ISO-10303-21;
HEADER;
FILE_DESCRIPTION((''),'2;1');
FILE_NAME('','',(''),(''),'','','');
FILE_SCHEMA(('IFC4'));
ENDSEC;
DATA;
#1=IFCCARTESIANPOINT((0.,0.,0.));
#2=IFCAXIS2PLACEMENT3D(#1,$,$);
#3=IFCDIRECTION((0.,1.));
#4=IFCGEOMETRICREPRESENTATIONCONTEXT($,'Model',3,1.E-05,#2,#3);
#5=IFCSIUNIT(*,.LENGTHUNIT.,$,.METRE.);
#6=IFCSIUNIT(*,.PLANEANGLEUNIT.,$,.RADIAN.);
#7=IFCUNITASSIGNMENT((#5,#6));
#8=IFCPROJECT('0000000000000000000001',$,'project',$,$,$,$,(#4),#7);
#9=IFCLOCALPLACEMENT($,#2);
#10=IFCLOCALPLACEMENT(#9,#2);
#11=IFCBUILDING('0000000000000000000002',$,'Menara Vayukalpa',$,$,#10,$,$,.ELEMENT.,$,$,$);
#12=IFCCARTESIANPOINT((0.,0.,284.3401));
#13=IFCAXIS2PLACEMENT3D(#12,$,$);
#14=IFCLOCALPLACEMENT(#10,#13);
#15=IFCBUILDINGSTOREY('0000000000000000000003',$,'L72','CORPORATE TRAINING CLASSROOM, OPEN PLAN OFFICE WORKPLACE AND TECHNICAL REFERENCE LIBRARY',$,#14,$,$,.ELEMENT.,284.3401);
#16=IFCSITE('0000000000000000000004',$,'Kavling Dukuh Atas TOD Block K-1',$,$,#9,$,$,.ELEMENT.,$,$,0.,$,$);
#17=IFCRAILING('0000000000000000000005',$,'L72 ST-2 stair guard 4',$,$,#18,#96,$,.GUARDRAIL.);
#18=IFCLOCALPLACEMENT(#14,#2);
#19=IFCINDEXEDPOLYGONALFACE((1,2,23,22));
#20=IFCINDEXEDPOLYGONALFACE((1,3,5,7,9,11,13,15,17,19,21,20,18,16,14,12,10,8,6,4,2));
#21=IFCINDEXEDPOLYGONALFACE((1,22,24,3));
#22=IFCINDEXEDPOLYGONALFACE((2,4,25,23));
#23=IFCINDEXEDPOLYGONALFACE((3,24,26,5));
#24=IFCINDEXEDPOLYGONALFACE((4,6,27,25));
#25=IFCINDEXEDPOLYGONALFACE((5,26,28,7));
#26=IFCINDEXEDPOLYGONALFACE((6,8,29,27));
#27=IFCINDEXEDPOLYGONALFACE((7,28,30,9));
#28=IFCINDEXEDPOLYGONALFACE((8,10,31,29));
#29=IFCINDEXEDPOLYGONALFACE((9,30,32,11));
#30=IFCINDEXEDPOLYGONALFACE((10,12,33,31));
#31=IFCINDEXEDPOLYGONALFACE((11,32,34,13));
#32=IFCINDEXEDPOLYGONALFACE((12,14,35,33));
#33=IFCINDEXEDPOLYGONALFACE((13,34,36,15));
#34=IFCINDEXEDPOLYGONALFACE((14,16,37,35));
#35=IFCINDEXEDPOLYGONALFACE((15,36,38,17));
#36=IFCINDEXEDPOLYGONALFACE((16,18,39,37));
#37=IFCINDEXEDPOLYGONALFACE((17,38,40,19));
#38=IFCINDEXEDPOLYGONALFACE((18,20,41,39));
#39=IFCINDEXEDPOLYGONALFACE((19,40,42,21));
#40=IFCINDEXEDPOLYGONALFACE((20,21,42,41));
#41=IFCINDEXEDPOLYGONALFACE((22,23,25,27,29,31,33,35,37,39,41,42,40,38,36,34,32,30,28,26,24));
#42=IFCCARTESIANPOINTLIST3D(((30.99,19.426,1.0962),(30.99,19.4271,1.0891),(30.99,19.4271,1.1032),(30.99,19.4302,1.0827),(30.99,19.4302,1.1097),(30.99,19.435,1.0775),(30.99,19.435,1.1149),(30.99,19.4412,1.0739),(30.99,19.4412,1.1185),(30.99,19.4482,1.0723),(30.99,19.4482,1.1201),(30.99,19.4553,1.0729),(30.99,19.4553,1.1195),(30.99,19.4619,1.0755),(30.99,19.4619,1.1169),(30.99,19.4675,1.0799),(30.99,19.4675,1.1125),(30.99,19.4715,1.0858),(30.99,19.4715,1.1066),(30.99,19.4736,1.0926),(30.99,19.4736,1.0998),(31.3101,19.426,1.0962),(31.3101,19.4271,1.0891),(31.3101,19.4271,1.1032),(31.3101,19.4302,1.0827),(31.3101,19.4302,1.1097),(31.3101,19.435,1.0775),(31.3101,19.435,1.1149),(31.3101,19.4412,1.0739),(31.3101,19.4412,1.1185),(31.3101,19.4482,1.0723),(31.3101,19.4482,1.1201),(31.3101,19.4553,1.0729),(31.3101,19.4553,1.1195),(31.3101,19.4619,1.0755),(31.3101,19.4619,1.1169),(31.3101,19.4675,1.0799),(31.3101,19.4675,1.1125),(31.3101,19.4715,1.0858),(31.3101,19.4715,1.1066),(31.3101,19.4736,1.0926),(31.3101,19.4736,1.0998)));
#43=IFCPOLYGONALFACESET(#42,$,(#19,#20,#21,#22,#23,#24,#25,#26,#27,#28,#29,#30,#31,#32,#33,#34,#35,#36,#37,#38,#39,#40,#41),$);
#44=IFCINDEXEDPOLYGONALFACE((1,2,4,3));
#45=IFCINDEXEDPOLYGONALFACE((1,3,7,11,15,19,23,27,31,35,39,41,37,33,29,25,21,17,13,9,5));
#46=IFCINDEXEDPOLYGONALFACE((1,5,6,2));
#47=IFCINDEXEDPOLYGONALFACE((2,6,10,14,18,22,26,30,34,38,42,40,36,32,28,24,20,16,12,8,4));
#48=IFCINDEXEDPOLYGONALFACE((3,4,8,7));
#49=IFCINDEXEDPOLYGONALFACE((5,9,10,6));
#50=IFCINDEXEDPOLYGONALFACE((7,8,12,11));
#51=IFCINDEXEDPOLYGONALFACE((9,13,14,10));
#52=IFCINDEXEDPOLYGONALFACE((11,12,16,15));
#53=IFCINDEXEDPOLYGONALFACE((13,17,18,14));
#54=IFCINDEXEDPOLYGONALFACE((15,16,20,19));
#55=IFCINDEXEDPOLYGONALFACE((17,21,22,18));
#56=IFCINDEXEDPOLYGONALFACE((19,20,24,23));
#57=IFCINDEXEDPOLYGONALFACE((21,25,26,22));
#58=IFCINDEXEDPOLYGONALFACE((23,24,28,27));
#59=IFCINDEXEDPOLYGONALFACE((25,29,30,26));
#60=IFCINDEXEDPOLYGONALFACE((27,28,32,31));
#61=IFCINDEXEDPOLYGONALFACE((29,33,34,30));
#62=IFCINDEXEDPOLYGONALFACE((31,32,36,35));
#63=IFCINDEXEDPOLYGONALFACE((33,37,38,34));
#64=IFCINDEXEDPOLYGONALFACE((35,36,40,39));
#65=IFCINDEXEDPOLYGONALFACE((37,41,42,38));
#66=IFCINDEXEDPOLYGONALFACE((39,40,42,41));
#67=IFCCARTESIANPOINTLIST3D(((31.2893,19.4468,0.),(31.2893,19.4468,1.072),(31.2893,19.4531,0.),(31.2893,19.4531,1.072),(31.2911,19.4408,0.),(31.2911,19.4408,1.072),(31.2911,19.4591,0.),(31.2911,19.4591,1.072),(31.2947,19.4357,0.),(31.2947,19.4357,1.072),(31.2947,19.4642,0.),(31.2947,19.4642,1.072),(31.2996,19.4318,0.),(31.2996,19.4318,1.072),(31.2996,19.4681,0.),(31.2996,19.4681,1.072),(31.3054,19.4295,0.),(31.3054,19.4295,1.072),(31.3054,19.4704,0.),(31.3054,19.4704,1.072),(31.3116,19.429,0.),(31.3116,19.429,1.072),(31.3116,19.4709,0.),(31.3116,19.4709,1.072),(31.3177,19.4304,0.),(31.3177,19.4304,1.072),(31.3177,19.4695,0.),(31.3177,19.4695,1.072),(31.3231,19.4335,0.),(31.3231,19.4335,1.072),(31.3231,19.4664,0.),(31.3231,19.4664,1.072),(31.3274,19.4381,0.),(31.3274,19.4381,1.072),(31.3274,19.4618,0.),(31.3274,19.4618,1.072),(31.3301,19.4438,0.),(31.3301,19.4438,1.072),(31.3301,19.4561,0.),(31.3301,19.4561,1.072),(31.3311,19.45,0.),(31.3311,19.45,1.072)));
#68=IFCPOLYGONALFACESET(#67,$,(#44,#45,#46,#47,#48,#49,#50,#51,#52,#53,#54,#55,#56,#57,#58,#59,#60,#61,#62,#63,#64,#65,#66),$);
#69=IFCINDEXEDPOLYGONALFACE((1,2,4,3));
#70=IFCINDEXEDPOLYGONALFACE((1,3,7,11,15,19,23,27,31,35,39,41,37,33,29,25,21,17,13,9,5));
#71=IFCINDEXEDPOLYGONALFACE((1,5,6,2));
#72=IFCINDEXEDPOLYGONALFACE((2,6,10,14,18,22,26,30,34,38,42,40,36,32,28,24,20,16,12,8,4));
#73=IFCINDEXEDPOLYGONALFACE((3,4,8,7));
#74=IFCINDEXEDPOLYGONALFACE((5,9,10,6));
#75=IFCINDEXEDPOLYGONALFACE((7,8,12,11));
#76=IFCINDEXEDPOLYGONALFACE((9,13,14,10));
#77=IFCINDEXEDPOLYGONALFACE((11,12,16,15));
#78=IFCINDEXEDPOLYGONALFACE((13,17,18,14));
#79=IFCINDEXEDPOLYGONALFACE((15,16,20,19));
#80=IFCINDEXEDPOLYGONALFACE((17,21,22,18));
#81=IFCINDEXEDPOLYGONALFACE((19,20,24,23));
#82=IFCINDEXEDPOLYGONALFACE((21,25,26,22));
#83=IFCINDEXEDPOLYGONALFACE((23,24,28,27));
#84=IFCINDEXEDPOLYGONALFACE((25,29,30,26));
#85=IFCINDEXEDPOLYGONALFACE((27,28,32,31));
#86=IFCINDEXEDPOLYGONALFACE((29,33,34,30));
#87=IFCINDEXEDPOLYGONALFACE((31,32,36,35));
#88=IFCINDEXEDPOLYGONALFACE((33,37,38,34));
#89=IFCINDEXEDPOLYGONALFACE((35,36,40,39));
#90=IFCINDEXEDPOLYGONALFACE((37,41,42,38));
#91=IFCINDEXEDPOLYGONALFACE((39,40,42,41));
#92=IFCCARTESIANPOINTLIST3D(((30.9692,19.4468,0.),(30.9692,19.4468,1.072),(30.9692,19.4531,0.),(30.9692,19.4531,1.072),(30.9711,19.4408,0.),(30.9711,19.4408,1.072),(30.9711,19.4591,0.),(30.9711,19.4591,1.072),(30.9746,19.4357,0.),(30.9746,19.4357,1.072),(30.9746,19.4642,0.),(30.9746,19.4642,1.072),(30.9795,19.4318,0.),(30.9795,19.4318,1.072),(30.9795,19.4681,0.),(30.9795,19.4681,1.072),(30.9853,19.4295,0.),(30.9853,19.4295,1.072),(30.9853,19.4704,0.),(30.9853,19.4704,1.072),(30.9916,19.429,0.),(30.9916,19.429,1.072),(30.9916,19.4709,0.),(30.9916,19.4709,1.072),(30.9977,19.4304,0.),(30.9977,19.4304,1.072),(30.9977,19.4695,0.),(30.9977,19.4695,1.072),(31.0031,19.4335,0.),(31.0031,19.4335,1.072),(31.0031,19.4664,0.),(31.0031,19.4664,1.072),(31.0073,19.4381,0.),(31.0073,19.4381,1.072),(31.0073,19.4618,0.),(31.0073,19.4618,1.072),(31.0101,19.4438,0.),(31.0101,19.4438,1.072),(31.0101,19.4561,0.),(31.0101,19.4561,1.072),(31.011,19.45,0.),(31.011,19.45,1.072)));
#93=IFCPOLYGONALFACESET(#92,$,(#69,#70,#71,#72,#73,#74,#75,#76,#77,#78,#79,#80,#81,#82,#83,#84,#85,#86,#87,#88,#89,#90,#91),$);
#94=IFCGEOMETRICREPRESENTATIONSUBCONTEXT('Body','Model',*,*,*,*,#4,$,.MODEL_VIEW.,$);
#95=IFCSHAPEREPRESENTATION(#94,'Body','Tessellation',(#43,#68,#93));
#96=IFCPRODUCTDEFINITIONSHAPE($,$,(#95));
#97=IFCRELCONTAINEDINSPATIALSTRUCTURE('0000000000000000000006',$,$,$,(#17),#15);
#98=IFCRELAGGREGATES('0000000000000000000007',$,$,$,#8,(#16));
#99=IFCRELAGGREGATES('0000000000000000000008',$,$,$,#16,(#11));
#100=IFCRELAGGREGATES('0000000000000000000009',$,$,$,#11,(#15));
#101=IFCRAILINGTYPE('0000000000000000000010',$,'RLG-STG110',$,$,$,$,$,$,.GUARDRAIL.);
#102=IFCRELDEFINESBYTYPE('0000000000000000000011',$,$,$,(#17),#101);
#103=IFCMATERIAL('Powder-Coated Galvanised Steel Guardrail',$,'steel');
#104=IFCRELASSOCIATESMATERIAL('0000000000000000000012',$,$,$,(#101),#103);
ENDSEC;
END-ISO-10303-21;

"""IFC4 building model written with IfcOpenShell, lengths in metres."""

from ifc_helpers import new_model, si_unit, direction, frame, origin, origin_2d, place, context, subcontext, project, spatial, circle, extrude, material, type_object, element, save


model = new_model("IFC4")

# Units and contexts
model_context = context("Model", 3, precision=1e-05, world=origin(), true_north=direction((0.0, 1.0)))
body_context = subcontext(model_context, "Body", "Model", "MODEL_VIEW")
ifc_project = project(units=[si_unit("LENGTHUNIT", "METRE"), si_unit("PLANEANGLEUNIT", "RADIAN")], contexts=[model_context])

# Site, building, storey
site_placement = place(None, origin())
site = spatial("IfcSite", under=ifc_project, at=site_placement, Name="Kavling Dukuh Atas TOD Block K-1", CompositionType="ELEMENT", RefElevation=0.0)
building_placement = place(site_placement, origin())
building = spatial("IfcBuilding", under=site, at=building_placement, Name="Menara Vayukalpa", CompositionType="ELEMENT")
storey_placement = place(building_placement, frame((0.0, 0.0, 284.3401)))
storey = spatial("IfcBuildingStorey", under=building, at=storey_placement, Name="L72", Description="CORPORATE TRAINING CLASSROOM, OPEN PLAN OFFICE WORKPLACE AND TECHNICAL REFERENCE LIBRARY", CompositionType="ELEMENT", Elevation=284.3401)

# Railing
ifc_material_1 = material(Name="Powder-Coated Galvanised Steel Guardrail", Category="steel")
railing_type_1 = type_object("IfcRailingType", Name="RLG-STG110", PredefinedType="GUARDRAIL", material=ifc_material_1)
railing_1_placement = place(storey_placement, frame((31.3101, 19.45, 0.0)))
element("IfcRailing", 1, at=railing_1_placement, inside=storey, type_object=railing_type_1, Name="L72 ST-2 stair guard 4", PredefinedType="GUARDRAIL", context=body_context, shape_type="SweptSolid", body=[
    extrude(circle(Radius=0.0239, at=origin_2d()), frame((0.0, 0.0, 1.0962), z_axis=(-1.0, 0.0, 0.0), x_axis=(0.0, -1.0, 0.0)), (0.0, 0.0, 1.0), 0.3201),
    extrude(circle(Radius=0.021, at=origin_2d()), origin(), (0.0, 0.0, 1.0), 1.072),
    extrude(circle(Radius=0.021, at=origin_2d()), frame((-0.3201, 0.0, 0.0)), (0.0, 0.0, 1.0), 1.072),
])

save(model, "model.ifc")
